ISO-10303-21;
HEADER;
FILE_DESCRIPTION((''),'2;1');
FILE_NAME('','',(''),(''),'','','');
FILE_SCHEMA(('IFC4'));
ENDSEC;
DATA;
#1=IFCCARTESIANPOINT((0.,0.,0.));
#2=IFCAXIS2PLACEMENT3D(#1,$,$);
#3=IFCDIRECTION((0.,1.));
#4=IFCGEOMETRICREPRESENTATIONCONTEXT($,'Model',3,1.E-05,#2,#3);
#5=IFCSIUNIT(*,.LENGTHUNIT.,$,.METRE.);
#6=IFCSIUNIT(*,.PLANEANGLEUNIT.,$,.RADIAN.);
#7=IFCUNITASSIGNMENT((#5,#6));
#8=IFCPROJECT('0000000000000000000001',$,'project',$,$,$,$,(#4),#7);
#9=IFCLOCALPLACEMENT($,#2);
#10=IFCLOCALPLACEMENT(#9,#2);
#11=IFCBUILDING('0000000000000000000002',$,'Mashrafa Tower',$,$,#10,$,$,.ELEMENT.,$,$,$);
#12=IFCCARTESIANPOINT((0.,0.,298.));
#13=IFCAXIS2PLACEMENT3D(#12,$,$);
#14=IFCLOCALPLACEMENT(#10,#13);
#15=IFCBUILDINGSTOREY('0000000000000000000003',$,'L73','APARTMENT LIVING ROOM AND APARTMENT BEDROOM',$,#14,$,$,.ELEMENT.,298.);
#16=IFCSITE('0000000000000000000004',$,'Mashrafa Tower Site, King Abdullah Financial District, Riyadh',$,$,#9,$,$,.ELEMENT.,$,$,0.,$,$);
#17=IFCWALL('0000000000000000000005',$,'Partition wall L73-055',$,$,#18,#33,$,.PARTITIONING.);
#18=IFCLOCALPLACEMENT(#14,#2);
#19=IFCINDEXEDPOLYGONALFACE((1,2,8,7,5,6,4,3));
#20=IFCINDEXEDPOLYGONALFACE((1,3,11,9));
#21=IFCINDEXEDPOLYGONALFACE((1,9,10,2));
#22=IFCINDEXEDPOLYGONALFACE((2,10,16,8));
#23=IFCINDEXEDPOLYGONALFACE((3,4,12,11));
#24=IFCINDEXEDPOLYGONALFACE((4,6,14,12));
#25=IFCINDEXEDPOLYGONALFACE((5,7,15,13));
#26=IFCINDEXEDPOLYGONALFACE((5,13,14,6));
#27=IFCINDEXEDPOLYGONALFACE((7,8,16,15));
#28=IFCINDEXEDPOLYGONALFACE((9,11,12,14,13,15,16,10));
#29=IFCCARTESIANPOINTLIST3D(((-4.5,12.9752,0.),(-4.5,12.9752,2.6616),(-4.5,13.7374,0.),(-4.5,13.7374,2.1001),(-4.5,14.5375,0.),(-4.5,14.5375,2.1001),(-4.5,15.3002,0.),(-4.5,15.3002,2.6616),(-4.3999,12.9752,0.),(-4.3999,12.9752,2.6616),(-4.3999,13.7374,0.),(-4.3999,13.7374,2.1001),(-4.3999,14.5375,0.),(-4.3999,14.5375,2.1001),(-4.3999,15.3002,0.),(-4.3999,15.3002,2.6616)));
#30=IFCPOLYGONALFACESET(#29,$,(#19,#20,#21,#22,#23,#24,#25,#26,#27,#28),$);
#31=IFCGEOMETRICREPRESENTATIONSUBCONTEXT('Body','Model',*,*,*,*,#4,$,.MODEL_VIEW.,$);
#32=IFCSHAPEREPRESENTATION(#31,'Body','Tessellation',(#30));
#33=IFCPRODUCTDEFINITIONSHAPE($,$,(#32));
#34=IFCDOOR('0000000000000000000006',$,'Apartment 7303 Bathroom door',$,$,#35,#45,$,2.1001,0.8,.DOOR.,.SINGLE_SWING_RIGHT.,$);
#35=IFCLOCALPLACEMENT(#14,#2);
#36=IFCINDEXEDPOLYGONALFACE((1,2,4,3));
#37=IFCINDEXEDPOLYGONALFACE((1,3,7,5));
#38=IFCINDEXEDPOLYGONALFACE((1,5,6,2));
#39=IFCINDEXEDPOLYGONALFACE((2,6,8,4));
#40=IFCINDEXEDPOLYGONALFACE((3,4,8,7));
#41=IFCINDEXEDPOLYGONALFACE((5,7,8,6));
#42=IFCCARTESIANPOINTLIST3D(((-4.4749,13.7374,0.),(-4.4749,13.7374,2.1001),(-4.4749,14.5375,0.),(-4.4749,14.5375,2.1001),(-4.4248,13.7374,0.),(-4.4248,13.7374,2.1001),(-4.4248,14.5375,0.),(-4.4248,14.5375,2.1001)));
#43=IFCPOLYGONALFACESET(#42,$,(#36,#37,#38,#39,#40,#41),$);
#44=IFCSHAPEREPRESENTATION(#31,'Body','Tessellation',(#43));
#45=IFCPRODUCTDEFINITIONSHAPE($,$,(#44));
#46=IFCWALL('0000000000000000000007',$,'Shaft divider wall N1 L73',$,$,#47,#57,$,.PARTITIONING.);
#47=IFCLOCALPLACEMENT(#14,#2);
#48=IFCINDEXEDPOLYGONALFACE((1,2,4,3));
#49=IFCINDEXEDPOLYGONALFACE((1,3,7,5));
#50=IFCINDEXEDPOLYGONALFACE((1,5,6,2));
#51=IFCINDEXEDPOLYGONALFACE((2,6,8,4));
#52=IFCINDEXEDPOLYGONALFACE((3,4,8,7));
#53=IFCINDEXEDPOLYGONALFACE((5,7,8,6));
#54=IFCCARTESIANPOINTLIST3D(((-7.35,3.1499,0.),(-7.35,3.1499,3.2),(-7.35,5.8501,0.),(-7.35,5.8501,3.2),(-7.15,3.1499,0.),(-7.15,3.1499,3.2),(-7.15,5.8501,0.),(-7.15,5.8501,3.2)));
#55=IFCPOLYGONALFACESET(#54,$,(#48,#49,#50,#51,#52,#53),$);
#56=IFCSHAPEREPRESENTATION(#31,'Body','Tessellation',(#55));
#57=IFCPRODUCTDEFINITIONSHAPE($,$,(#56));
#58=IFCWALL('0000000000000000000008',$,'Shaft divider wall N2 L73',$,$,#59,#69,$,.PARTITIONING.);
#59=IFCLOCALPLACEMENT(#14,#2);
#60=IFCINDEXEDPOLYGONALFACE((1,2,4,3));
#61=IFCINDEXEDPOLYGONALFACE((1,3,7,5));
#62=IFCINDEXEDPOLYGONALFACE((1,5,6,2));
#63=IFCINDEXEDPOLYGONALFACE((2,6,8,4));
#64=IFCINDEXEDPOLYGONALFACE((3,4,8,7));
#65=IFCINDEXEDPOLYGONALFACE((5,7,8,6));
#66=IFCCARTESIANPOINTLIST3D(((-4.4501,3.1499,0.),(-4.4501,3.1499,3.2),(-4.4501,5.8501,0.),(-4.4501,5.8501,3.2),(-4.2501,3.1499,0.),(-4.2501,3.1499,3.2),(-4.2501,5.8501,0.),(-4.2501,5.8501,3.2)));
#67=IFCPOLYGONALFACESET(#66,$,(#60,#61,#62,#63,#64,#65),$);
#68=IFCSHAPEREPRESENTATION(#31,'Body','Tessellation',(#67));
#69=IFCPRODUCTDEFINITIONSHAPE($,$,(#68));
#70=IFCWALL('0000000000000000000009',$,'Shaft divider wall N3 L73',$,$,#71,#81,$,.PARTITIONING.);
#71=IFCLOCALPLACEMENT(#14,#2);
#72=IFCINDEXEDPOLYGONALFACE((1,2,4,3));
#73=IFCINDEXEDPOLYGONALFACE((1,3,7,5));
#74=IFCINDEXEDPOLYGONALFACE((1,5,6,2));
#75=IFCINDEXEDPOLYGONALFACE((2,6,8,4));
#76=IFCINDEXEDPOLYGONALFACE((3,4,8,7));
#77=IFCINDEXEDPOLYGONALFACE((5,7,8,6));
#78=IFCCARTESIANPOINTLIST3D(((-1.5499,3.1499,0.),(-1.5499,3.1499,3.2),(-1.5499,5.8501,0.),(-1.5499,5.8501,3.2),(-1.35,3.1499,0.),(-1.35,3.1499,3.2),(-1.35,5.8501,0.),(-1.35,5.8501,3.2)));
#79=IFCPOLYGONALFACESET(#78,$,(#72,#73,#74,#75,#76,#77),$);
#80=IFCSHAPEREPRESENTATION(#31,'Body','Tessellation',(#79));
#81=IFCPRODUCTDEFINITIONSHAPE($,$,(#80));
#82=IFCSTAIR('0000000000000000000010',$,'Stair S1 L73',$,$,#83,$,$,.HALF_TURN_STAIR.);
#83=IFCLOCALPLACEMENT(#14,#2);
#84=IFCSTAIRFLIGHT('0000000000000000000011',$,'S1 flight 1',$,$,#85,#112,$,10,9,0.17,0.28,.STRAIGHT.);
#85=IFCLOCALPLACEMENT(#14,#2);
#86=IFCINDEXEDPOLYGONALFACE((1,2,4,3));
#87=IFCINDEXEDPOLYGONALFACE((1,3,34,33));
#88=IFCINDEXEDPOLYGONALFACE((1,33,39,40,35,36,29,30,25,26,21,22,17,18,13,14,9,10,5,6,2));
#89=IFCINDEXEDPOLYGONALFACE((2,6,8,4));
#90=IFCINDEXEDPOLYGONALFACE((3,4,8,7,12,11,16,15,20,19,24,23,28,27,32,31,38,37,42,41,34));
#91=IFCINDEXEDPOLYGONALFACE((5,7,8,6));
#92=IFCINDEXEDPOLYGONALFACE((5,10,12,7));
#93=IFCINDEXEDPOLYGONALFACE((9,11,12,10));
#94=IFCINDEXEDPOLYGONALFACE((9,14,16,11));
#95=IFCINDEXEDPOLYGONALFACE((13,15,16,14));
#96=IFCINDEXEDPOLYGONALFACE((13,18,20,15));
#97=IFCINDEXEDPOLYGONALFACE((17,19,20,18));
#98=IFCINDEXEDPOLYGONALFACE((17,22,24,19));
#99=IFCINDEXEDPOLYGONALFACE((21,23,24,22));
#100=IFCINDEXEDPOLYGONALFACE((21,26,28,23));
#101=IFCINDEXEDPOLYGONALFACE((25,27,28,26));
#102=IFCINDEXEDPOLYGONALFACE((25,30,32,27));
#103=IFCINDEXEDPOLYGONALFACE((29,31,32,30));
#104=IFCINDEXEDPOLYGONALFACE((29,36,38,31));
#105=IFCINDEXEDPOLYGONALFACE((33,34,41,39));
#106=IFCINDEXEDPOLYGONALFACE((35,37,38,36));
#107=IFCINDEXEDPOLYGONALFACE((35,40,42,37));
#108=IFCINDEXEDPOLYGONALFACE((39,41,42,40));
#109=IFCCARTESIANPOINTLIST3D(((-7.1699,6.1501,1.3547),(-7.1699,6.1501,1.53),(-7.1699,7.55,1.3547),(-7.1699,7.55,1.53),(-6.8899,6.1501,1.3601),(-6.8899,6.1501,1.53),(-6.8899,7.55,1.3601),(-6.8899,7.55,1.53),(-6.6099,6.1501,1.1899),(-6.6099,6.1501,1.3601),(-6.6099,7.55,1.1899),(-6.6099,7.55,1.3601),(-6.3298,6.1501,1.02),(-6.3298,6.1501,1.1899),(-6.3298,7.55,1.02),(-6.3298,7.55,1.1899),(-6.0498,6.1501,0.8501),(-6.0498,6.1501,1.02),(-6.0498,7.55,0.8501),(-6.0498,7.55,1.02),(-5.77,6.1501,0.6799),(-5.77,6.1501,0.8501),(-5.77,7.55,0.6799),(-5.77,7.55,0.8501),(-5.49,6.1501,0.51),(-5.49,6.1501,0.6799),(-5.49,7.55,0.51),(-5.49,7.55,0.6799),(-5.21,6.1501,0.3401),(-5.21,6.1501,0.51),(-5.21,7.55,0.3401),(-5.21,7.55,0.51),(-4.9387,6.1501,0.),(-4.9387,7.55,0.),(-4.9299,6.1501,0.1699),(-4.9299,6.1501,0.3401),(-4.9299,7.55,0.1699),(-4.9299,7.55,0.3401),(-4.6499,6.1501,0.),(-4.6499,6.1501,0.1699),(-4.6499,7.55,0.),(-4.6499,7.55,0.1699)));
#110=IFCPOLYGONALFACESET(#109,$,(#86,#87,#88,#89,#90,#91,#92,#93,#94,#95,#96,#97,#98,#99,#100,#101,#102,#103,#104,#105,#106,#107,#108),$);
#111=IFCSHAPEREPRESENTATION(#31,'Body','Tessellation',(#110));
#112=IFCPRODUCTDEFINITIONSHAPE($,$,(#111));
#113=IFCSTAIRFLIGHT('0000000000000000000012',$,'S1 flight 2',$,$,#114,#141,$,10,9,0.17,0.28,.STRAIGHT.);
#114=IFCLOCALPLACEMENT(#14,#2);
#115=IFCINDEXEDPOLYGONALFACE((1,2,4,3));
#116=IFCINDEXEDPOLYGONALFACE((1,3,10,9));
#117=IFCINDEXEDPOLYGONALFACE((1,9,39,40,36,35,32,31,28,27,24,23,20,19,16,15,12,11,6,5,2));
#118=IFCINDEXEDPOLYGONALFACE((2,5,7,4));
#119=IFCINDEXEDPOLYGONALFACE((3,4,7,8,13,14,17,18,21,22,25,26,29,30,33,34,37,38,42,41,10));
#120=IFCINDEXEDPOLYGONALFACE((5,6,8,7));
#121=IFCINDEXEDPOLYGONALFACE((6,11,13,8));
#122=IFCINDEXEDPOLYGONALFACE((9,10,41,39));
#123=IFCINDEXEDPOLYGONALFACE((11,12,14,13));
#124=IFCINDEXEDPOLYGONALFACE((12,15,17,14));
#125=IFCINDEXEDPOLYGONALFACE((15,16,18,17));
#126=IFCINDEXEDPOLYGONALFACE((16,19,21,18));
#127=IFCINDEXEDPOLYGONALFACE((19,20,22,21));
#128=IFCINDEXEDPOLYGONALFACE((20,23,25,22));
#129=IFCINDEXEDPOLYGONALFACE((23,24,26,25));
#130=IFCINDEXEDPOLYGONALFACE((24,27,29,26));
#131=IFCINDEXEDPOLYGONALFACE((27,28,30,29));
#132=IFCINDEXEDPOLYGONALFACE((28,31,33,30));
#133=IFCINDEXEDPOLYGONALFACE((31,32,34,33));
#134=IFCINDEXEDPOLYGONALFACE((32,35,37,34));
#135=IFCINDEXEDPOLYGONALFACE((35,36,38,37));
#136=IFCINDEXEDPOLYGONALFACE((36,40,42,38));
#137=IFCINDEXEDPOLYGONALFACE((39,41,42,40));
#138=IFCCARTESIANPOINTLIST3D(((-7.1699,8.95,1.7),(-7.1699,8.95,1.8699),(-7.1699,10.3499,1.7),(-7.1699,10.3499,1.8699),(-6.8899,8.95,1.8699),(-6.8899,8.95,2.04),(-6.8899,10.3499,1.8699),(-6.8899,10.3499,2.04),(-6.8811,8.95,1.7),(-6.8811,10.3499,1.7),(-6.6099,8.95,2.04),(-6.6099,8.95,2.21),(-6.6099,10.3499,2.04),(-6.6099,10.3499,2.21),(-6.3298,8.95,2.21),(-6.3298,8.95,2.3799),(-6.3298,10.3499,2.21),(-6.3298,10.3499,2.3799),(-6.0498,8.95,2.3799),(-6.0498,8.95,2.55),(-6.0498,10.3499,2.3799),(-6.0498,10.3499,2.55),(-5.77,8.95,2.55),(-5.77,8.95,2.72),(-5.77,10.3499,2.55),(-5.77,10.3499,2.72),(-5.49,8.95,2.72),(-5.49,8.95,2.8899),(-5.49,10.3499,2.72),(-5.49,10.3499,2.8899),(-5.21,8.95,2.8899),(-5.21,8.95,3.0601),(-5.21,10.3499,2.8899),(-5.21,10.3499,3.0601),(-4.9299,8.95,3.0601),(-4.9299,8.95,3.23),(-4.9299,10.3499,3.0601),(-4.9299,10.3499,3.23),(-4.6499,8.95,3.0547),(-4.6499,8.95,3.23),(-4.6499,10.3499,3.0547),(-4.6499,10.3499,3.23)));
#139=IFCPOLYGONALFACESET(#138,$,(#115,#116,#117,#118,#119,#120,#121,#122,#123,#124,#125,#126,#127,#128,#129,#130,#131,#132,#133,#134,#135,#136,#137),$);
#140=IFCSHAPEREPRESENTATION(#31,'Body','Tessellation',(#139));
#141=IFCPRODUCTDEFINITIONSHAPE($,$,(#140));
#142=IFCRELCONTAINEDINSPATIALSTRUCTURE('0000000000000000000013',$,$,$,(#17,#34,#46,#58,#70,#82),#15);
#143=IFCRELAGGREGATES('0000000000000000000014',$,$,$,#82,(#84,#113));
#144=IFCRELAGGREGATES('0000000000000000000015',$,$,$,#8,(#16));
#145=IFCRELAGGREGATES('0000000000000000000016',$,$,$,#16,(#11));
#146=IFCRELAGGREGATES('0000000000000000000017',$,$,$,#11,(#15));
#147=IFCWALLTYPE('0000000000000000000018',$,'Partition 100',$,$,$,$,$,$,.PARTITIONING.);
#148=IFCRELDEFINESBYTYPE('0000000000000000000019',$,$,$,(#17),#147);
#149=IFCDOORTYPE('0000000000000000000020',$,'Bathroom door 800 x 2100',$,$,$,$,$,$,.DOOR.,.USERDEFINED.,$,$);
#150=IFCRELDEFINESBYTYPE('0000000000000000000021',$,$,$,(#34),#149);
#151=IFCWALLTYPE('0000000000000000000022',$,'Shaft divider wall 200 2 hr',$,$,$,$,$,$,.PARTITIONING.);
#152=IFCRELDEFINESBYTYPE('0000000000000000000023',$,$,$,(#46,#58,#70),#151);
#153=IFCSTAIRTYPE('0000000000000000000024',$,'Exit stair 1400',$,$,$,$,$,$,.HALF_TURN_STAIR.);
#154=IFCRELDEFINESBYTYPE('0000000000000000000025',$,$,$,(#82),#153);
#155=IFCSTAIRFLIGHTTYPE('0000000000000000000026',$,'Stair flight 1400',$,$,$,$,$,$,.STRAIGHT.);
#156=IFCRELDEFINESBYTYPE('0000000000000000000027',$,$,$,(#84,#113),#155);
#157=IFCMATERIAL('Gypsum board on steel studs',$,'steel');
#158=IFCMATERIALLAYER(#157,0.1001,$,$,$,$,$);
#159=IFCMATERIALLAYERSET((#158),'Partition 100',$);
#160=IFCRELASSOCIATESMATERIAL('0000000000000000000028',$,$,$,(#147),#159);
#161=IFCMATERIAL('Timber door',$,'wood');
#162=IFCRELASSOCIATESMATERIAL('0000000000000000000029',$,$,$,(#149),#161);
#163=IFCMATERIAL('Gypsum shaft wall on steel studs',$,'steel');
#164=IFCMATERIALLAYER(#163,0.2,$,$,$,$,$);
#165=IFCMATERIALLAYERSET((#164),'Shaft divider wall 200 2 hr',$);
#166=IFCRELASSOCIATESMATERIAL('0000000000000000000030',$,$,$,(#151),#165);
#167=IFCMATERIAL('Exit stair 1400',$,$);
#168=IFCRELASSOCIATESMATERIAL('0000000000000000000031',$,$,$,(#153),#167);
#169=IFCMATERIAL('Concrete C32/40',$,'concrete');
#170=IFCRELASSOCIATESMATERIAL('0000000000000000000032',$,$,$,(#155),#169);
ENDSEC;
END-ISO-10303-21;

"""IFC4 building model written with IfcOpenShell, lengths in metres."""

from ifc_helpers import new_model, si_unit, direction, frame, frame_2d, origin, place, context, subcontext, project, spatial, polyline, rectangle, outline, extrude, material, layer, layer_set, type_object, element, fill, aggregate, save


model = new_model("IFC4")

# Units and contexts
model_context = context("Model", 3, precision=1e-05, world=origin(), true_north=direction((0.0, 1.0)))
body_context = subcontext(model_context, "Body", "Model", "MODEL_VIEW")
ifc_project = project(units=[si_unit("LENGTHUNIT", "METRE"), si_unit("PLANEANGLEUNIT", "RADIAN")], contexts=[model_context])

# Site, building, storey
site_placement = place(None, origin())
site = spatial("IfcSite", under=ifc_project, at=site_placement, Name="Mashrafa Tower Site, King Abdullah Financial District, Riyadh", CompositionType="ELEMENT", RefElevation=0.0)
building_placement = place(site_placement, origin())
building = spatial("IfcBuilding", under=site, at=building_placement, Name="Mashrafa Tower", CompositionType="ELEMENT")
storey_placement = place(building_placement, frame((0.0, 0.0, 298.0)))
storey = spatial("IfcBuildingStorey", under=building, at=storey_placement, Name="L73", Description="APARTMENT LIVING ROOM AND APARTMENT BEDROOM", CompositionType="ELEMENT", Elevation=298.0)

# Shared definitions
ifc_material_1 = material(Name="Gypsum board on steel studs", Category="steel")
ifc_layer_1 = layer(ifc_material_1, 0.1001)
ifc_layer_set_1 = layer_set([ifc_layer_1], Name="Partition 100")
wall_type_1 = type_object("IfcWallType", Name="Partition 100", PredefinedType="PARTITIONING", material=ifc_layer_set_1)

# Wall, opening, door
wall_1_placement = place(storey_placement, frame((-4.45, 12.9751, 0.0), z_axis=(0.0, 0.0, 1.0), x_axis=(0.0, 1.0, 0.0)))
wall_1 = element("IfcWall", 1, at=wall_1_placement, inside=storey, type_object=wall_type_1, Name="Partition wall L73-055", PredefinedType="PARTITIONING", context=body_context, shape_type="SweptSolid", body=[
    extrude(rectangle(XDim=2.325, YDim=0.1001, at=frame_2d((1.1626, 0.0))), origin(), (0.0, 0.0, 1.0), 2.6616),
])
opening_1_placement = place(wall_1_placement, frame((0.7625, 0.0, 0.0)))
opening_1 = element("IfcOpeningElement", 2, at=opening_1_placement, cuts=wall_1, PredefinedType="OPENING", context=body_context, shape_type="SweptSolid", body=[
    extrude(rectangle(XDim=0.8, YDim=2.1001, at=frame_2d((0.3999, 1.05))), frame((0.0, 0.0601, 0.0), z_axis=(0.0, -1.0, 0.0), x_axis=(1.0, 0.0, 0.0)), (0.0, 0.0, 1.0), 0.1201),
])
ifc_material_2 = material(Name="Timber door", Category="wood")
door_type_1 = type_object("IfcDoorType", Name="Bathroom door 800 x 2100", OperationType="USERDEFINED", PredefinedType="DOOR", material=ifc_material_2)
door_1_placement = place(opening_1_placement, origin())
door_1 = element("IfcDoor", 3, at=door_1_placement, inside=storey, type_object=door_type_1, Name="Apartment 7303 Bathroom door", OperationType="SINGLE_SWING_RIGHT", OverallHeight=2.1001, OverallWidth=0.8, PredefinedType="DOOR", context=body_context, shape_type="SweptSolid", body=[
    extrude(rectangle(XDim=0.8, YDim=2.1001, at=frame_2d((0.3999, 1.05))), frame((0.0, 0.0249, 0.0), z_axis=(0.0, -1.0, 0.0), x_axis=(1.0, 0.0, 0.0)), (0.0, 0.0, 1.0), 0.05),
])
fill(opening_1, door_1)

# Walls
ifc_material_3 = material(Name="Gypsum shaft wall on steel studs", Category="steel")
ifc_layer_2 = layer(ifc_material_3, 0.2)
ifc_layer_set_2 = layer_set([ifc_layer_2], Name="Shaft divider wall 200 2 hr")
wall_type_2 = type_object("IfcWallType", Name="Shaft divider wall 200 2 hr", PredefinedType="PARTITIONING", material=ifc_layer_set_2)
for number, where, z_axis, x_axis, name in (
    (4, (-7.25, 3.1499, 0.0), (0.0, 0.0, 1.0), (0.0, 1.0, 0.0), "Shaft divider wall N1 L73"),
    (5, (-4.3501, 3.1499, 0.0), (0.0, 0.0, 1.0), (0.0, 1.0, 0.0), "Shaft divider wall N2 L73"),
    (6, (-1.45, 3.1499, 0.0), (0.0, 0.0, 1.0), (0.0, 1.0, 0.0), "Shaft divider wall N3 L73"),
):
    element("IfcWall", number, at=place(storey_placement, frame(where, z_axis=z_axis, x_axis=x_axis)), inside=storey, type_object=wall_type_2, Name=name, PredefinedType="PARTITIONING", context=body_context, shape_type="SweptSolid", body=[
        extrude(rectangle(XDim=2.7002, YDim=0.2, at=frame_2d((1.3501, 0.0))), origin(), (0.0, 0.0, 1.0), 3.2),
    ])

# Stair, stair flights
ifc_material_4 = material(Name="Exit stair 1400")
stair_type = type_object("IfcStairType", Name="Exit stair 1400", PredefinedType="HALF_TURN_STAIR", material=ifc_material_4)
stair_placement = place(storey_placement, origin())
stair = element("IfcStair", 7, at=stair_placement, inside=storey, type_object=stair_type, Name="Stair S1 L73", PredefinedType="HALF_TURN_STAIR")
ifc_material_5 = material(Name="Concrete C32/40", Category="concrete")
stair_flight_type = type_object("IfcStairFlightType", Name="Stair flight 1400", PredefinedType="STRAIGHT", material=ifc_material_5)
stair_flight_1_placement = place(storey_placement, frame((-4.6499, 6.8501, 0.0), z_axis=(0.0, 0.0, 1.0), x_axis=(-1.0, 0.0, 0.0)))
stair_flight_1 = element("IfcStairFlight", 8, at=stair_flight_1_placement, type_object=stair_flight_type, Name="S1 flight 1", NumberOfRisers=10, NumberOfTreads=9, PredefinedType="STRAIGHT", RiserHeight=0.17, TreadLength=0.28, context=body_context, shape_type="SweptSolid", body=[
    extrude(outline(polyline([(0.0, 0.0), (0.0, 0.1699), (0.28, 0.1699), (0.28, 0.3401), (0.5601, 0.3401), (0.5601, 0.51), (0.8401, 0.51), (0.8401, 0.6799), (1.1201, 0.6799), (1.1201, 0.8501), (1.3999, 0.8501), (1.3999, 1.02), (1.6799, 1.02), (1.6799, 1.1899), (1.96, 1.1899), (1.96, 1.3601), (2.24, 1.3601), (2.24, 1.53), (2.52, 1.53), (2.52, 1.7), (2.52, 1.3547), (0.2888, 0.0), (0.0, 0.0)])), frame((0.0, 0.7, 0.0), z_axis=(0.0, -1.0, 0.0), x_axis=(1.0, 0.0, 0.0)), (0.0, 0.0, 1.0), 1.3999),
])
stair_flight_2_placement = place(storey_placement, frame((-7.1699, 9.6499, 1.7), z_axis=(0.0, 0.0, 1.0), x_axis=(1.0, 0.0, 0.0)))
stair_flight_2 = element("IfcStairFlight", 9, at=stair_flight_2_placement, type_object=stair_flight_type, Name="S1 flight 2", NumberOfRisers=10, NumberOfTreads=9, PredefinedType="STRAIGHT", RiserHeight=0.17, TreadLength=0.28, context=body_context, shape_type="SweptSolid", body=[
    extrude(outline(polyline([(0.0, 0.0), (0.0, 0.1699), (0.28, 0.1699), (0.28, 0.3401), (0.5601, 0.3401), (0.5601, 0.51), (0.8401, 0.51), (0.8401, 0.6799), (1.1201, 0.6799), (1.1201, 0.8501), (1.3999, 0.8501), (1.3999, 1.02), (1.6799, 1.02), (1.6799, 1.1899), (1.96, 1.1899), (1.96, 1.3601), (2.24, 1.3601), (2.24, 1.53), (2.52, 1.53), (2.52, 1.7), (2.52, 1.3547), (0.2888, 0.0), (0.0, 0.0)])), frame((0.0, 0.7, 0.0), z_axis=(0.0, -1.0, 0.0), x_axis=(1.0, 0.0, 0.0)), (0.0, 0.0, 1.0), 1.3999),
])
aggregate(stair, [stair_flight_1, stair_flight_2])

save(model, "model.ifc")
